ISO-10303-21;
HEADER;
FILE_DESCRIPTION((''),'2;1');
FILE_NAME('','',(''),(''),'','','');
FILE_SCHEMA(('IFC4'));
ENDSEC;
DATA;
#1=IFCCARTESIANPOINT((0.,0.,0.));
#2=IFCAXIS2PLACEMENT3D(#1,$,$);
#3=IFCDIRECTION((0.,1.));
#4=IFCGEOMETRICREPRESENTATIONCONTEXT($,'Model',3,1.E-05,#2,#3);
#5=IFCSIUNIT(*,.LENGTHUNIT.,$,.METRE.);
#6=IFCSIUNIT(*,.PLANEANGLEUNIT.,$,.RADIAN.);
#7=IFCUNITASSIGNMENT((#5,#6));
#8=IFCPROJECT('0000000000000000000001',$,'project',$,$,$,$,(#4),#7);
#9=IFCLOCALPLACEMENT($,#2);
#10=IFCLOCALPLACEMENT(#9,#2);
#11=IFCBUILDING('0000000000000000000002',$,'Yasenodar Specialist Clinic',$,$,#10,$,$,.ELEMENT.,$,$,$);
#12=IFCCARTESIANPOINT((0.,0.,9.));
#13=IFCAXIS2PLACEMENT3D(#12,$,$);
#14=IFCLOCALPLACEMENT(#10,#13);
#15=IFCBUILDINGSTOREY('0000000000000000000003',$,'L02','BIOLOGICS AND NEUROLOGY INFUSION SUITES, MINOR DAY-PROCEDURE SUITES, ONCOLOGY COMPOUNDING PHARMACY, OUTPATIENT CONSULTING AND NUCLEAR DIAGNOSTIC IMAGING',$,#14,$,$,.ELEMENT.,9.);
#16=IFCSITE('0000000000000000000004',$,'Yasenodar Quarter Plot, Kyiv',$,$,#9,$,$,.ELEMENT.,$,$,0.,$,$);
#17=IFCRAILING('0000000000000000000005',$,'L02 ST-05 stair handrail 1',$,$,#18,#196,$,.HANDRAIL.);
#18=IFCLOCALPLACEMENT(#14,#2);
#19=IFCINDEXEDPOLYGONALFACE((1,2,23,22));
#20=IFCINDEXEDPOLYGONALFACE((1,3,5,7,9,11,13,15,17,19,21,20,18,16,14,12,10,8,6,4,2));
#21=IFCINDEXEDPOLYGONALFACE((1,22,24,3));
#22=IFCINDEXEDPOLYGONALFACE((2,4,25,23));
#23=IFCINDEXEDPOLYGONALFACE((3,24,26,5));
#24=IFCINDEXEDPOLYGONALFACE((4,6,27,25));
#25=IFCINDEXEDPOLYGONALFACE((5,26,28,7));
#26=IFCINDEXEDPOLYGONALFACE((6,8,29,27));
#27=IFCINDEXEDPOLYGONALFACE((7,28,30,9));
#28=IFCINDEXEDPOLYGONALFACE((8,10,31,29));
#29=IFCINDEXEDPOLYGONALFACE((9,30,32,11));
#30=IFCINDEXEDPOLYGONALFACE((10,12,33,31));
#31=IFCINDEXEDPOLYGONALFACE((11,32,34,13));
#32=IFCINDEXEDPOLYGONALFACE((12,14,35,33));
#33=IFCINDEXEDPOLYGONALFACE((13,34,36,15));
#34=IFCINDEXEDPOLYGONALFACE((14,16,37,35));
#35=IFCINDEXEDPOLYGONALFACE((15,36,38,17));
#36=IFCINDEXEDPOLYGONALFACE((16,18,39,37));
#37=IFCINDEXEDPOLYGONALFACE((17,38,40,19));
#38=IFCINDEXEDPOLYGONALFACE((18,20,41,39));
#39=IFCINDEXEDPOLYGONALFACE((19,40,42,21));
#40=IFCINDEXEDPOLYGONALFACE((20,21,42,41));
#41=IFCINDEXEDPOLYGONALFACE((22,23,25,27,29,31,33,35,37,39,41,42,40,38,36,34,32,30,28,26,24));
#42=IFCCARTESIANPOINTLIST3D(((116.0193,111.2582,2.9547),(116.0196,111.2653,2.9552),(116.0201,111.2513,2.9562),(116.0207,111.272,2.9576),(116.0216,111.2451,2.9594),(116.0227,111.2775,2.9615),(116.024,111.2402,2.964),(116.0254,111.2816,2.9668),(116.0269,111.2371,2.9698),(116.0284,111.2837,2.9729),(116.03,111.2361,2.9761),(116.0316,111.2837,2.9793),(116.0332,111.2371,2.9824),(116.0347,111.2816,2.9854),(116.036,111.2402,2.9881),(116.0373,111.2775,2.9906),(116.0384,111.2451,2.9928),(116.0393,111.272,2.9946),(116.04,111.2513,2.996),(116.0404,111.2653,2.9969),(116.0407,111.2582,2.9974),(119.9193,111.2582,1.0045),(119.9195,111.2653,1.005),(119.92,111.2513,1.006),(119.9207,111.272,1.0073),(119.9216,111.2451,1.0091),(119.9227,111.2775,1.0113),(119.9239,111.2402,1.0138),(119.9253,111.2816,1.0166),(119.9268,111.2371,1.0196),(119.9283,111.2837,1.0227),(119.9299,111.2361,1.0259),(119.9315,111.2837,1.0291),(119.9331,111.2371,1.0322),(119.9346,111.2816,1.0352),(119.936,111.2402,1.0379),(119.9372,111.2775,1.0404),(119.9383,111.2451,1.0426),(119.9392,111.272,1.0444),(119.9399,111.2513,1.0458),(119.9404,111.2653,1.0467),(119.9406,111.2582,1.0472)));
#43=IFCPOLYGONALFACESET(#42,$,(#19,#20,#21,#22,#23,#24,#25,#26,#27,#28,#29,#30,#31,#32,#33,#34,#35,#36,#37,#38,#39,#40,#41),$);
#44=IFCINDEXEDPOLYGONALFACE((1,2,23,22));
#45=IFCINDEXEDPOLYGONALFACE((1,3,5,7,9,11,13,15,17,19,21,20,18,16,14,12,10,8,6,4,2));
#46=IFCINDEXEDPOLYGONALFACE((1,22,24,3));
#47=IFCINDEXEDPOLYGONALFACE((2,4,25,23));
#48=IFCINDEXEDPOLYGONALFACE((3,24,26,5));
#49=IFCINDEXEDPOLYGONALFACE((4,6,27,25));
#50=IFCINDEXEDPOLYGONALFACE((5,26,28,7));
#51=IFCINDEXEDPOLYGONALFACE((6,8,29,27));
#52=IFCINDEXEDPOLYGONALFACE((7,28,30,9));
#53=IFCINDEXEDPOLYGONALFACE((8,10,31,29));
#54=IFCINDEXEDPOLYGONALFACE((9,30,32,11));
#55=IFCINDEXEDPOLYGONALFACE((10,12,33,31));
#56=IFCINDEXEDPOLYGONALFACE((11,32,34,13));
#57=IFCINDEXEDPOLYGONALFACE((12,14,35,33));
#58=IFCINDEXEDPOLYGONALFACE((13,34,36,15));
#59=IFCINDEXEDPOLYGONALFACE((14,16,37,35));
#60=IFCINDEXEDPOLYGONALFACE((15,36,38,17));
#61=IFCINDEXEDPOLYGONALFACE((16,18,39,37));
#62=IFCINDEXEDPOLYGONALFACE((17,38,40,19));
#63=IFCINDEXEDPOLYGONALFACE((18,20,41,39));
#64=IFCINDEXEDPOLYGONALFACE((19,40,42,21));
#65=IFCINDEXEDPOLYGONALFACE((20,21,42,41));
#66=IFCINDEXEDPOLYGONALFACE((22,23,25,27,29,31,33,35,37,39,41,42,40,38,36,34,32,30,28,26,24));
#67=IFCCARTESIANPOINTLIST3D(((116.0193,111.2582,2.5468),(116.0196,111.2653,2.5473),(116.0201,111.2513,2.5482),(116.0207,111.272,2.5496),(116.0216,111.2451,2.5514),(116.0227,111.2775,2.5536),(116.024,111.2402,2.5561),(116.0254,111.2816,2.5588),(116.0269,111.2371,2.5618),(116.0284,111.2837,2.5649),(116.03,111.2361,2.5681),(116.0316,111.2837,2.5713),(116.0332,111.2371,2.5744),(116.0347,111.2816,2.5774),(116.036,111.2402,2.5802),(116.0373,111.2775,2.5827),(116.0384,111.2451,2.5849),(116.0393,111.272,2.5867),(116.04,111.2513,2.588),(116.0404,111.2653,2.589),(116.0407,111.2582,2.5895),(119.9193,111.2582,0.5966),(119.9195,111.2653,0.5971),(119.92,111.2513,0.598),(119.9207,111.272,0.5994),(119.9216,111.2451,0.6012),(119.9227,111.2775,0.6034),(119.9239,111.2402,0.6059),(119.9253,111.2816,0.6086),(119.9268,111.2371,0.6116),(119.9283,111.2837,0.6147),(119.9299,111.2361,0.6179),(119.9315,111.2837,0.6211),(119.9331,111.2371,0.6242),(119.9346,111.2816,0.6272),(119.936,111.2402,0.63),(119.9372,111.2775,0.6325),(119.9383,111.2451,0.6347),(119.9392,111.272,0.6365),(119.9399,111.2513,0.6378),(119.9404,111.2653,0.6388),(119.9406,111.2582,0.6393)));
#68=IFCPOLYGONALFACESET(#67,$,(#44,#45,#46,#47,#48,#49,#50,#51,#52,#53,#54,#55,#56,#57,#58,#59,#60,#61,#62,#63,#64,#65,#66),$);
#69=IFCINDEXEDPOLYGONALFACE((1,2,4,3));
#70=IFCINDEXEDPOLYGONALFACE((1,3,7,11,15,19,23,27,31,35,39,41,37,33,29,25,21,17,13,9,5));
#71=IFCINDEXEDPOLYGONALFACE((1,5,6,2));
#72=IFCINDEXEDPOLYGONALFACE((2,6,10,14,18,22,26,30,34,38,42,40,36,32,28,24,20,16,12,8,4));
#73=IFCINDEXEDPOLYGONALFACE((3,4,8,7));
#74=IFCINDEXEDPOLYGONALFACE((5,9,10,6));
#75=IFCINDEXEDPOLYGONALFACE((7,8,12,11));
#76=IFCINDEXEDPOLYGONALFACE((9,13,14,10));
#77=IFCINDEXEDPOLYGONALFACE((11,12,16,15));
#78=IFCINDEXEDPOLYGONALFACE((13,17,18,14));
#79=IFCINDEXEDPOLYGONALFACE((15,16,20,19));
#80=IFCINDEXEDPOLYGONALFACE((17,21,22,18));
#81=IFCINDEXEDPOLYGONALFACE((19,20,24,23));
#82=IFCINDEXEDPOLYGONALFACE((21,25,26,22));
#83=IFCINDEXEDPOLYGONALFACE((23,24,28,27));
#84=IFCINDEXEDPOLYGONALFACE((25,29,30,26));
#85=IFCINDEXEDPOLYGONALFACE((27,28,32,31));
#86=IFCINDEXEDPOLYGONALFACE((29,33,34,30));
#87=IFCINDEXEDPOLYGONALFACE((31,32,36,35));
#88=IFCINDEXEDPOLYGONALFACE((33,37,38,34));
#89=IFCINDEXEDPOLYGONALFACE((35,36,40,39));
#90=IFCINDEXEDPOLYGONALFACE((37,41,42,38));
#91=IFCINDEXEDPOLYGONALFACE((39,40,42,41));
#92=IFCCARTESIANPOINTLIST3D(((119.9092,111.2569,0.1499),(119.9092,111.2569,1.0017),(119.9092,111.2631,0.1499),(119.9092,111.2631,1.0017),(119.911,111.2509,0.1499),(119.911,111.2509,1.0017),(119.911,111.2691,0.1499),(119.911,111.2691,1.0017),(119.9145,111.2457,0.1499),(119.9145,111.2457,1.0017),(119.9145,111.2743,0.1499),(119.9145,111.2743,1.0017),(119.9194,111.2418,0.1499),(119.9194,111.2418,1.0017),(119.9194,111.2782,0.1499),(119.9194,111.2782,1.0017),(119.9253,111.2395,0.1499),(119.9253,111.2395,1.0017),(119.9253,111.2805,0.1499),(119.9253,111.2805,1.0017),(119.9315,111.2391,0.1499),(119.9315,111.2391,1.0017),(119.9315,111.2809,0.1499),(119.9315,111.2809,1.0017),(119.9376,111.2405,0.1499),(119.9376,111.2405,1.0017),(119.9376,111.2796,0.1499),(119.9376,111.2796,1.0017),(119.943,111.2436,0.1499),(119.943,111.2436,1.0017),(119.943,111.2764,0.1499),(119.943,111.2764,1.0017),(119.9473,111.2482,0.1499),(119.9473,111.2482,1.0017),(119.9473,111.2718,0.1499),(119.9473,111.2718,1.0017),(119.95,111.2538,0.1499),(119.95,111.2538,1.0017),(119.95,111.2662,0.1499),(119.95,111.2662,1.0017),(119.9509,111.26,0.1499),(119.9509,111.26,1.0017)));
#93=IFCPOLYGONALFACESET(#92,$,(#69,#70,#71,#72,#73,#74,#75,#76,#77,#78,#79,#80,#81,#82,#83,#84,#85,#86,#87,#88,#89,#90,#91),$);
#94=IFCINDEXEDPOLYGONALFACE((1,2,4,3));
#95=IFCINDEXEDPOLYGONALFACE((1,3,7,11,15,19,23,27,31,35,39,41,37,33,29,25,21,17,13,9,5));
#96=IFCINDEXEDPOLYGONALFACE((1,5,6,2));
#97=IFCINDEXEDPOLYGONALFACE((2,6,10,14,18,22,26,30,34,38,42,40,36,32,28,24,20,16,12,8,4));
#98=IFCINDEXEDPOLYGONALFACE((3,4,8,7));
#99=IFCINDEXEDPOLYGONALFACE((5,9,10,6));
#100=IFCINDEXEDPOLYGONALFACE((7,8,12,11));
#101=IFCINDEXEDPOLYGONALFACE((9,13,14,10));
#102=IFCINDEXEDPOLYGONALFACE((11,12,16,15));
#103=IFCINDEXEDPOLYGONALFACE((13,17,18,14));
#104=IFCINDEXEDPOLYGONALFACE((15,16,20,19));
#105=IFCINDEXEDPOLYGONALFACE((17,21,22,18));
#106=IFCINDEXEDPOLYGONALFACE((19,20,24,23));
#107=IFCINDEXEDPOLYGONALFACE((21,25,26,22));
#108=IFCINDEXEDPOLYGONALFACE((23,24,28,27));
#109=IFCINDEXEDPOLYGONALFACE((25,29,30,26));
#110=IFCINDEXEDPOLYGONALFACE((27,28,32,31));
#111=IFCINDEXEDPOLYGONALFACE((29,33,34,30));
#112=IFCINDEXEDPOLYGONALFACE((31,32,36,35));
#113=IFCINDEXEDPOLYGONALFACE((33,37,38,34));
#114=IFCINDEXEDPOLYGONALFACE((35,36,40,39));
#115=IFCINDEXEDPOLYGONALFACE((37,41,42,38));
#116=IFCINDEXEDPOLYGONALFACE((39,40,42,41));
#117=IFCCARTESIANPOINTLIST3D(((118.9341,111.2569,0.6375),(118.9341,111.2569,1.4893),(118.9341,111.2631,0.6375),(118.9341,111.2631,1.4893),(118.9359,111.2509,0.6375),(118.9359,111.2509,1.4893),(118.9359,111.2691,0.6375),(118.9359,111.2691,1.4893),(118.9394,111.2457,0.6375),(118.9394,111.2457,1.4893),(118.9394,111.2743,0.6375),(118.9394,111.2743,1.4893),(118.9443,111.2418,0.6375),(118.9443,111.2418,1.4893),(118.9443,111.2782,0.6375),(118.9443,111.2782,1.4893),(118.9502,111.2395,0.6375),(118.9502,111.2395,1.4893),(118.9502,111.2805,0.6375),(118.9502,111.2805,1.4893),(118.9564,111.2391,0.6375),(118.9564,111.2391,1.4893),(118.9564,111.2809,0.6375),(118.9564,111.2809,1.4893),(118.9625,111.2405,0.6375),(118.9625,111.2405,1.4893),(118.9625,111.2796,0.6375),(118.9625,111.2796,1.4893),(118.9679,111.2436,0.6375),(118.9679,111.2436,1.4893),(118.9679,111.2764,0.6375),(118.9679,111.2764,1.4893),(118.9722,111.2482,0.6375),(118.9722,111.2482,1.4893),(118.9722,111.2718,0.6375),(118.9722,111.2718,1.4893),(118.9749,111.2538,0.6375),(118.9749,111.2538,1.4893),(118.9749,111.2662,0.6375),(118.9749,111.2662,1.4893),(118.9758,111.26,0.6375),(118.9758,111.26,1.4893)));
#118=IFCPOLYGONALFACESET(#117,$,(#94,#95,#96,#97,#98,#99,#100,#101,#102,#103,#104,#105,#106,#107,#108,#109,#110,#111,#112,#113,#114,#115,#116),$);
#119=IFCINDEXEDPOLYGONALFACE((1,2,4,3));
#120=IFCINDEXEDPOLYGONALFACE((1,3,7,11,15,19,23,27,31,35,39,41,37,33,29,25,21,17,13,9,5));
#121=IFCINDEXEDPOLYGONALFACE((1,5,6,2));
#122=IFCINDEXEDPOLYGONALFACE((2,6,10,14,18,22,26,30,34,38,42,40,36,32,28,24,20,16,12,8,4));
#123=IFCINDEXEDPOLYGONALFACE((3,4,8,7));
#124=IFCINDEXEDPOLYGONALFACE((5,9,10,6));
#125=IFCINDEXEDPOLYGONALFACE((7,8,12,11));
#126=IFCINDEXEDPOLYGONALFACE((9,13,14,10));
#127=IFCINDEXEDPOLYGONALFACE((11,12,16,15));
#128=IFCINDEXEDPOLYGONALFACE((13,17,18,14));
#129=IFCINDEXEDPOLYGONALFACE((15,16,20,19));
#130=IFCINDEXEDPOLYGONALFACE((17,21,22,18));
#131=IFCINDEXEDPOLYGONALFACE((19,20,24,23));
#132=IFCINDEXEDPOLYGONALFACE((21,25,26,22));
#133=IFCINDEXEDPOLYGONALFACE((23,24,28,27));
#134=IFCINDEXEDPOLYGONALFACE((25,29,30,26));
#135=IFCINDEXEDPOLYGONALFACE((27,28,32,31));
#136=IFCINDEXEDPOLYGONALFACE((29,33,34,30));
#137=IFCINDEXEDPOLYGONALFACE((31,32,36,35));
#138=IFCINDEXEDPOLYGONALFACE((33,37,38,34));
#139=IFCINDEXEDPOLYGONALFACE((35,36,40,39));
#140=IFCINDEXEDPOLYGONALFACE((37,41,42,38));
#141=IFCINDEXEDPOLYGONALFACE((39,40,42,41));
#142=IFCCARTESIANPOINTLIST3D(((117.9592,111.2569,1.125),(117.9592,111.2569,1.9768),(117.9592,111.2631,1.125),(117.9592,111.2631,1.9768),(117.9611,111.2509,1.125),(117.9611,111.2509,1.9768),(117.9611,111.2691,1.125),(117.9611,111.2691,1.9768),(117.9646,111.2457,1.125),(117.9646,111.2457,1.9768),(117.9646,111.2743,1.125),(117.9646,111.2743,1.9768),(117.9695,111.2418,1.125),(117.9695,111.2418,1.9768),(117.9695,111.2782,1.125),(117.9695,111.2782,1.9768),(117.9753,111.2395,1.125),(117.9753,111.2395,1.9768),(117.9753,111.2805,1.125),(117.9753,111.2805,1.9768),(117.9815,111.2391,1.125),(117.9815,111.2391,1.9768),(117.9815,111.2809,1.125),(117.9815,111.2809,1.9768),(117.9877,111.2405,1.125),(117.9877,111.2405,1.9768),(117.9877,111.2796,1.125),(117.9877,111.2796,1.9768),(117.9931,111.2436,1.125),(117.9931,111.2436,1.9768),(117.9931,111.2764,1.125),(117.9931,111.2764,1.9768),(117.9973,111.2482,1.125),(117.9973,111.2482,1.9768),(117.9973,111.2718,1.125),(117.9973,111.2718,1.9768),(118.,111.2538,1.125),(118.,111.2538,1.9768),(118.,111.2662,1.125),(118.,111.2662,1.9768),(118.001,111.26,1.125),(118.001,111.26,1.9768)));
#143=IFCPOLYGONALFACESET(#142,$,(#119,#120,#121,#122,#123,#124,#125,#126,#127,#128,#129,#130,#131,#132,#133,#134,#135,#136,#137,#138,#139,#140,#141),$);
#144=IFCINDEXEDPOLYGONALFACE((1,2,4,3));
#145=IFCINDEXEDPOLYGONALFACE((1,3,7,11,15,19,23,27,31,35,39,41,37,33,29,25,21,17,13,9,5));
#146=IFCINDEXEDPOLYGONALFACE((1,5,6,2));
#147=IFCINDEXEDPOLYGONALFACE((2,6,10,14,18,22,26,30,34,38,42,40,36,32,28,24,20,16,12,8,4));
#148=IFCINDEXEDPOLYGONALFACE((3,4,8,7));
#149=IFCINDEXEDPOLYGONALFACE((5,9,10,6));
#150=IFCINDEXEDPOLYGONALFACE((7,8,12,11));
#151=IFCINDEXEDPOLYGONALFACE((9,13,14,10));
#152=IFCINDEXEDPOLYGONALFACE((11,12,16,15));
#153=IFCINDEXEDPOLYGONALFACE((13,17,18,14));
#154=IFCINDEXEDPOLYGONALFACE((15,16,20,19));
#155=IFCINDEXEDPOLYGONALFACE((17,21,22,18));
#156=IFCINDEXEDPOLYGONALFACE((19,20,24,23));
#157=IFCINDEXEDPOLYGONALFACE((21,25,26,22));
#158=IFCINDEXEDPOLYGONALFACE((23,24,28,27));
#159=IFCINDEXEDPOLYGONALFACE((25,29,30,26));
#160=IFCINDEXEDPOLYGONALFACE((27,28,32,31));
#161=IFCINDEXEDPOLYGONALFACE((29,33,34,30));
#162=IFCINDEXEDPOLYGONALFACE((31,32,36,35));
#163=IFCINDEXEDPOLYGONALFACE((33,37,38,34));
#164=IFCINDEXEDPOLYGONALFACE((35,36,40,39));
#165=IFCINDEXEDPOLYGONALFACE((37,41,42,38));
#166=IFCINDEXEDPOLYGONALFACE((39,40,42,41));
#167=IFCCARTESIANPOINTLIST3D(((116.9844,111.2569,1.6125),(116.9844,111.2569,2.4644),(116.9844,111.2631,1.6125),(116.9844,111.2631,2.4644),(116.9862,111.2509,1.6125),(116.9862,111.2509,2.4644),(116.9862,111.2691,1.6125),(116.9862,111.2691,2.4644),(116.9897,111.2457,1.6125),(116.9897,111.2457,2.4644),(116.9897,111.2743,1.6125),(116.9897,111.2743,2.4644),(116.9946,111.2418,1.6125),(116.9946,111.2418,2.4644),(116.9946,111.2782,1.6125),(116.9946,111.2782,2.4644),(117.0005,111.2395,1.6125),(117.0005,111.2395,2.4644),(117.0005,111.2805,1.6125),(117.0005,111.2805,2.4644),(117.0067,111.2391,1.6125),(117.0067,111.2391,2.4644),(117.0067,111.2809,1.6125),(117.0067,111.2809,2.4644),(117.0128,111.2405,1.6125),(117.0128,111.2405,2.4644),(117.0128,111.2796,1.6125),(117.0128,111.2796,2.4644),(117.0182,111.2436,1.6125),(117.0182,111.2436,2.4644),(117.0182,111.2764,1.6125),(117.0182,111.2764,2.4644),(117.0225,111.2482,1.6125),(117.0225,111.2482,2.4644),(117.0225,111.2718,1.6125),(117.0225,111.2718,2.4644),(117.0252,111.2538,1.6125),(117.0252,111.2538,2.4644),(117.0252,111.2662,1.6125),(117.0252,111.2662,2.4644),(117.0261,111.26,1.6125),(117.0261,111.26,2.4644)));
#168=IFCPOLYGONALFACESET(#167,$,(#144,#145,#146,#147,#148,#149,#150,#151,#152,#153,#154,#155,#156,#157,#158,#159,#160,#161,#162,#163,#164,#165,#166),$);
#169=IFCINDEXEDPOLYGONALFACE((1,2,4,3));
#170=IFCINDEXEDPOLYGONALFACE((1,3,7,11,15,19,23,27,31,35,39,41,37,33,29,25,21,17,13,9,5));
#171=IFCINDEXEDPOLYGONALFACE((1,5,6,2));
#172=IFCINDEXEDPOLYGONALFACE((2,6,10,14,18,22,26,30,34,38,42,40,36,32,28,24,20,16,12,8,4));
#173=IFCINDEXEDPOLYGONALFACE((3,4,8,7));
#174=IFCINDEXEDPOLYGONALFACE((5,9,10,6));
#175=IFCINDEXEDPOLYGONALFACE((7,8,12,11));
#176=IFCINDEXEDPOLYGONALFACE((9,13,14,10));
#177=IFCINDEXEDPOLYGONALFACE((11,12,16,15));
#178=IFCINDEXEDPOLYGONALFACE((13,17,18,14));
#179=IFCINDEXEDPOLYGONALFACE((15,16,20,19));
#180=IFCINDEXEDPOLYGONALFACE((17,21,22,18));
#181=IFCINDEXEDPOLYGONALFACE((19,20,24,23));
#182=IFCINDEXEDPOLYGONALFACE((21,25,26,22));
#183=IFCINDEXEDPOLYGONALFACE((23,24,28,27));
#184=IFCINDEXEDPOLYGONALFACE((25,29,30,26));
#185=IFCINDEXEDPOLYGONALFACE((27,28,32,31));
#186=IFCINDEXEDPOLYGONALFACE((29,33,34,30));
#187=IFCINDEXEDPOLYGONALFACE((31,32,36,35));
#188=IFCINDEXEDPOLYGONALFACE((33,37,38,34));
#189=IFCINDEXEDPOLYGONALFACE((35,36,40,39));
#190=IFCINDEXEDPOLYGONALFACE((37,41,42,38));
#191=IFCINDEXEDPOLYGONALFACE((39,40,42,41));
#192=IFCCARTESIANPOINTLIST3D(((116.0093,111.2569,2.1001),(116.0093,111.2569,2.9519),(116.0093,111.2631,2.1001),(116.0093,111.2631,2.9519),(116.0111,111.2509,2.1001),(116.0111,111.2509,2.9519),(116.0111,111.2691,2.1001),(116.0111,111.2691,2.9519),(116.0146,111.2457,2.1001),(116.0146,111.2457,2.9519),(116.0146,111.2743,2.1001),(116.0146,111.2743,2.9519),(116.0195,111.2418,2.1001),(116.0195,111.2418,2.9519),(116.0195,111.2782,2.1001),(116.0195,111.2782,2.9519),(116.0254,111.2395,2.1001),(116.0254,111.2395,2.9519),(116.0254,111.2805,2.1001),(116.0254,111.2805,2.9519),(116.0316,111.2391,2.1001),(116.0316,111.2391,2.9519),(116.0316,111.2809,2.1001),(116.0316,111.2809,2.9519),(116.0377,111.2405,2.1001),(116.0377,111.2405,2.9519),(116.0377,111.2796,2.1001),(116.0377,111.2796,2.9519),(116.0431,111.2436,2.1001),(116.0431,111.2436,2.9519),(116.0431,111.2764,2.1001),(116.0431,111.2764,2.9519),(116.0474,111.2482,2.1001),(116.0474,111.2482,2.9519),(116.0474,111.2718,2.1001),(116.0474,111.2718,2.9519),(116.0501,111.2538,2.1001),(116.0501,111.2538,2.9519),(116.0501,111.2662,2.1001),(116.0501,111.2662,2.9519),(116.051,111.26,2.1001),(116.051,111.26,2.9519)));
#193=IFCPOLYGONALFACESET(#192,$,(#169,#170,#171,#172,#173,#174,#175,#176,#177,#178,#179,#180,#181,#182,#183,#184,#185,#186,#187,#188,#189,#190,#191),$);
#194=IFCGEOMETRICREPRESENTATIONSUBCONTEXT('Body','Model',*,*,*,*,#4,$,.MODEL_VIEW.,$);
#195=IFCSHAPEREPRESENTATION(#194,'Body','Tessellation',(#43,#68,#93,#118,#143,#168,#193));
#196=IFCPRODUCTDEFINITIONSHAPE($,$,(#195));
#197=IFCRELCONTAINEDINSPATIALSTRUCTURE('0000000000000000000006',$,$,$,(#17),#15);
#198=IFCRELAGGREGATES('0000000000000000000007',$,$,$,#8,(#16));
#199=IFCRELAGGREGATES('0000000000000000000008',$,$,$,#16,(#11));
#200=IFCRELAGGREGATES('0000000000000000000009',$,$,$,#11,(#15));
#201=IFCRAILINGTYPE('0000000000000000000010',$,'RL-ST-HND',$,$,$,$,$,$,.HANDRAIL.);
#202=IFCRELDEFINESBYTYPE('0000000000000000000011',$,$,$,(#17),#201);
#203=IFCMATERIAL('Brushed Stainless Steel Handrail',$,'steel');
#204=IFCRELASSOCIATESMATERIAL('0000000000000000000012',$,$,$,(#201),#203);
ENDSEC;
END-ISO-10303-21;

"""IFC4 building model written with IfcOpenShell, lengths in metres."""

from ifc_helpers import new_model, si_unit, direction, frame, origin, origin_2d, place, context, subcontext, project, spatial, circle, extrude, material, type_object, element, save


model = new_model("IFC4")

# Units and contexts
model_context = context("Model", 3, precision=1e-05, world=origin(), true_north=direction((0.0, 1.0)))
body_context = subcontext(model_context, "Body", "Model", "MODEL_VIEW")
ifc_project = project(units=[si_unit("LENGTHUNIT", "METRE"), si_unit("PLANEANGLEUNIT", "RADIAN")], contexts=[model_context])

# Site, building, storey
site_placement = place(None, origin())
site = spatial("IfcSite", under=ifc_project, at=site_placement, Name="Yasenodar Quarter Plot, Kyiv", CompositionType="ELEMENT", RefElevation=0.0)
building_placement = place(site_placement, origin())
building = spatial("IfcBuilding", under=site, at=building_placement, Name="Yasenodar Specialist Clinic", CompositionType="ELEMENT")
storey_placement = place(building_placement, frame((0.0, 0.0, 9.0)))
storey = spatial("IfcBuildingStorey", under=building, at=storey_placement, Name="L02", Description="BIOLOGICS AND NEUROLOGY INFUSION SUITES, MINOR DAY-PROCEDURE SUITES, ONCOLOGY COMPOUNDING PHARMACY, OUTPATIENT CONSULTING AND NUCLEAR DIAGNOSTIC IMAGING", CompositionType="ELEMENT", Elevation=9.0)

# Railing
ifc_material_1 = material(Name="Brushed Stainless Steel Handrail", Category="steel")
railing_type_1 = type_object("IfcRailingType", Name="RL-ST-HND", PredefinedType="HANDRAIL", material=ifc_material_1)
railing_1_placement = place(storey_placement, frame((119.9299, 111.26, 0.1499)))
element("IfcRailing", 1, at=railing_1_placement, inside=storey, type_object=railing_type_1, Name="L02 ST-05 stair handrail 1", PredefinedType="HANDRAIL", context=body_context, shape_type="SweptSolid", body=[
    extrude(circle(Radius=0.0239, at=origin_2d()), frame((0.0, 0.0, 0.876), z_axis=(-0.894405, 0.0, 0.447258), x_axis=(0.0, -1.0, 0.0)), (0.0, 0.0, 1.0), 4.3604),
    extrude(circle(Radius=0.0239, at=origin_2d()), frame((0.0, 0.0, 0.468), z_axis=(-0.894405, 0.0, 0.447258), x_axis=(0.0, -1.0, 0.0)), (0.0, 0.0, 1.0), 4.3604),
    extrude(circle(Radius=0.021, at=origin_2d()), origin(), (0.0, 0.0, 1.0), 0.8518),
    extrude(circle(Radius=0.021, at=origin_2d()), frame((-0.9751, 0.0, 0.4875)), (0.0, 0.0, 1.0), 0.8518),
    extrude(circle(Radius=0.021, at=origin_2d()), frame((-1.95, 0.0, 0.9751)), (0.0, 0.0, 1.0), 0.8518),
    extrude(circle(Radius=0.021, at=origin_2d()), frame((-2.9248, 0.0, 1.4626)), (0.0, 0.0, 1.0), 0.8518),
    extrude(circle(Radius=0.021, at=origin_2d()), frame((-3.8999, 0.0, 1.9502)), (0.0, 0.0, 1.0), 0.8518),
])

save(model, "model.ifc")
